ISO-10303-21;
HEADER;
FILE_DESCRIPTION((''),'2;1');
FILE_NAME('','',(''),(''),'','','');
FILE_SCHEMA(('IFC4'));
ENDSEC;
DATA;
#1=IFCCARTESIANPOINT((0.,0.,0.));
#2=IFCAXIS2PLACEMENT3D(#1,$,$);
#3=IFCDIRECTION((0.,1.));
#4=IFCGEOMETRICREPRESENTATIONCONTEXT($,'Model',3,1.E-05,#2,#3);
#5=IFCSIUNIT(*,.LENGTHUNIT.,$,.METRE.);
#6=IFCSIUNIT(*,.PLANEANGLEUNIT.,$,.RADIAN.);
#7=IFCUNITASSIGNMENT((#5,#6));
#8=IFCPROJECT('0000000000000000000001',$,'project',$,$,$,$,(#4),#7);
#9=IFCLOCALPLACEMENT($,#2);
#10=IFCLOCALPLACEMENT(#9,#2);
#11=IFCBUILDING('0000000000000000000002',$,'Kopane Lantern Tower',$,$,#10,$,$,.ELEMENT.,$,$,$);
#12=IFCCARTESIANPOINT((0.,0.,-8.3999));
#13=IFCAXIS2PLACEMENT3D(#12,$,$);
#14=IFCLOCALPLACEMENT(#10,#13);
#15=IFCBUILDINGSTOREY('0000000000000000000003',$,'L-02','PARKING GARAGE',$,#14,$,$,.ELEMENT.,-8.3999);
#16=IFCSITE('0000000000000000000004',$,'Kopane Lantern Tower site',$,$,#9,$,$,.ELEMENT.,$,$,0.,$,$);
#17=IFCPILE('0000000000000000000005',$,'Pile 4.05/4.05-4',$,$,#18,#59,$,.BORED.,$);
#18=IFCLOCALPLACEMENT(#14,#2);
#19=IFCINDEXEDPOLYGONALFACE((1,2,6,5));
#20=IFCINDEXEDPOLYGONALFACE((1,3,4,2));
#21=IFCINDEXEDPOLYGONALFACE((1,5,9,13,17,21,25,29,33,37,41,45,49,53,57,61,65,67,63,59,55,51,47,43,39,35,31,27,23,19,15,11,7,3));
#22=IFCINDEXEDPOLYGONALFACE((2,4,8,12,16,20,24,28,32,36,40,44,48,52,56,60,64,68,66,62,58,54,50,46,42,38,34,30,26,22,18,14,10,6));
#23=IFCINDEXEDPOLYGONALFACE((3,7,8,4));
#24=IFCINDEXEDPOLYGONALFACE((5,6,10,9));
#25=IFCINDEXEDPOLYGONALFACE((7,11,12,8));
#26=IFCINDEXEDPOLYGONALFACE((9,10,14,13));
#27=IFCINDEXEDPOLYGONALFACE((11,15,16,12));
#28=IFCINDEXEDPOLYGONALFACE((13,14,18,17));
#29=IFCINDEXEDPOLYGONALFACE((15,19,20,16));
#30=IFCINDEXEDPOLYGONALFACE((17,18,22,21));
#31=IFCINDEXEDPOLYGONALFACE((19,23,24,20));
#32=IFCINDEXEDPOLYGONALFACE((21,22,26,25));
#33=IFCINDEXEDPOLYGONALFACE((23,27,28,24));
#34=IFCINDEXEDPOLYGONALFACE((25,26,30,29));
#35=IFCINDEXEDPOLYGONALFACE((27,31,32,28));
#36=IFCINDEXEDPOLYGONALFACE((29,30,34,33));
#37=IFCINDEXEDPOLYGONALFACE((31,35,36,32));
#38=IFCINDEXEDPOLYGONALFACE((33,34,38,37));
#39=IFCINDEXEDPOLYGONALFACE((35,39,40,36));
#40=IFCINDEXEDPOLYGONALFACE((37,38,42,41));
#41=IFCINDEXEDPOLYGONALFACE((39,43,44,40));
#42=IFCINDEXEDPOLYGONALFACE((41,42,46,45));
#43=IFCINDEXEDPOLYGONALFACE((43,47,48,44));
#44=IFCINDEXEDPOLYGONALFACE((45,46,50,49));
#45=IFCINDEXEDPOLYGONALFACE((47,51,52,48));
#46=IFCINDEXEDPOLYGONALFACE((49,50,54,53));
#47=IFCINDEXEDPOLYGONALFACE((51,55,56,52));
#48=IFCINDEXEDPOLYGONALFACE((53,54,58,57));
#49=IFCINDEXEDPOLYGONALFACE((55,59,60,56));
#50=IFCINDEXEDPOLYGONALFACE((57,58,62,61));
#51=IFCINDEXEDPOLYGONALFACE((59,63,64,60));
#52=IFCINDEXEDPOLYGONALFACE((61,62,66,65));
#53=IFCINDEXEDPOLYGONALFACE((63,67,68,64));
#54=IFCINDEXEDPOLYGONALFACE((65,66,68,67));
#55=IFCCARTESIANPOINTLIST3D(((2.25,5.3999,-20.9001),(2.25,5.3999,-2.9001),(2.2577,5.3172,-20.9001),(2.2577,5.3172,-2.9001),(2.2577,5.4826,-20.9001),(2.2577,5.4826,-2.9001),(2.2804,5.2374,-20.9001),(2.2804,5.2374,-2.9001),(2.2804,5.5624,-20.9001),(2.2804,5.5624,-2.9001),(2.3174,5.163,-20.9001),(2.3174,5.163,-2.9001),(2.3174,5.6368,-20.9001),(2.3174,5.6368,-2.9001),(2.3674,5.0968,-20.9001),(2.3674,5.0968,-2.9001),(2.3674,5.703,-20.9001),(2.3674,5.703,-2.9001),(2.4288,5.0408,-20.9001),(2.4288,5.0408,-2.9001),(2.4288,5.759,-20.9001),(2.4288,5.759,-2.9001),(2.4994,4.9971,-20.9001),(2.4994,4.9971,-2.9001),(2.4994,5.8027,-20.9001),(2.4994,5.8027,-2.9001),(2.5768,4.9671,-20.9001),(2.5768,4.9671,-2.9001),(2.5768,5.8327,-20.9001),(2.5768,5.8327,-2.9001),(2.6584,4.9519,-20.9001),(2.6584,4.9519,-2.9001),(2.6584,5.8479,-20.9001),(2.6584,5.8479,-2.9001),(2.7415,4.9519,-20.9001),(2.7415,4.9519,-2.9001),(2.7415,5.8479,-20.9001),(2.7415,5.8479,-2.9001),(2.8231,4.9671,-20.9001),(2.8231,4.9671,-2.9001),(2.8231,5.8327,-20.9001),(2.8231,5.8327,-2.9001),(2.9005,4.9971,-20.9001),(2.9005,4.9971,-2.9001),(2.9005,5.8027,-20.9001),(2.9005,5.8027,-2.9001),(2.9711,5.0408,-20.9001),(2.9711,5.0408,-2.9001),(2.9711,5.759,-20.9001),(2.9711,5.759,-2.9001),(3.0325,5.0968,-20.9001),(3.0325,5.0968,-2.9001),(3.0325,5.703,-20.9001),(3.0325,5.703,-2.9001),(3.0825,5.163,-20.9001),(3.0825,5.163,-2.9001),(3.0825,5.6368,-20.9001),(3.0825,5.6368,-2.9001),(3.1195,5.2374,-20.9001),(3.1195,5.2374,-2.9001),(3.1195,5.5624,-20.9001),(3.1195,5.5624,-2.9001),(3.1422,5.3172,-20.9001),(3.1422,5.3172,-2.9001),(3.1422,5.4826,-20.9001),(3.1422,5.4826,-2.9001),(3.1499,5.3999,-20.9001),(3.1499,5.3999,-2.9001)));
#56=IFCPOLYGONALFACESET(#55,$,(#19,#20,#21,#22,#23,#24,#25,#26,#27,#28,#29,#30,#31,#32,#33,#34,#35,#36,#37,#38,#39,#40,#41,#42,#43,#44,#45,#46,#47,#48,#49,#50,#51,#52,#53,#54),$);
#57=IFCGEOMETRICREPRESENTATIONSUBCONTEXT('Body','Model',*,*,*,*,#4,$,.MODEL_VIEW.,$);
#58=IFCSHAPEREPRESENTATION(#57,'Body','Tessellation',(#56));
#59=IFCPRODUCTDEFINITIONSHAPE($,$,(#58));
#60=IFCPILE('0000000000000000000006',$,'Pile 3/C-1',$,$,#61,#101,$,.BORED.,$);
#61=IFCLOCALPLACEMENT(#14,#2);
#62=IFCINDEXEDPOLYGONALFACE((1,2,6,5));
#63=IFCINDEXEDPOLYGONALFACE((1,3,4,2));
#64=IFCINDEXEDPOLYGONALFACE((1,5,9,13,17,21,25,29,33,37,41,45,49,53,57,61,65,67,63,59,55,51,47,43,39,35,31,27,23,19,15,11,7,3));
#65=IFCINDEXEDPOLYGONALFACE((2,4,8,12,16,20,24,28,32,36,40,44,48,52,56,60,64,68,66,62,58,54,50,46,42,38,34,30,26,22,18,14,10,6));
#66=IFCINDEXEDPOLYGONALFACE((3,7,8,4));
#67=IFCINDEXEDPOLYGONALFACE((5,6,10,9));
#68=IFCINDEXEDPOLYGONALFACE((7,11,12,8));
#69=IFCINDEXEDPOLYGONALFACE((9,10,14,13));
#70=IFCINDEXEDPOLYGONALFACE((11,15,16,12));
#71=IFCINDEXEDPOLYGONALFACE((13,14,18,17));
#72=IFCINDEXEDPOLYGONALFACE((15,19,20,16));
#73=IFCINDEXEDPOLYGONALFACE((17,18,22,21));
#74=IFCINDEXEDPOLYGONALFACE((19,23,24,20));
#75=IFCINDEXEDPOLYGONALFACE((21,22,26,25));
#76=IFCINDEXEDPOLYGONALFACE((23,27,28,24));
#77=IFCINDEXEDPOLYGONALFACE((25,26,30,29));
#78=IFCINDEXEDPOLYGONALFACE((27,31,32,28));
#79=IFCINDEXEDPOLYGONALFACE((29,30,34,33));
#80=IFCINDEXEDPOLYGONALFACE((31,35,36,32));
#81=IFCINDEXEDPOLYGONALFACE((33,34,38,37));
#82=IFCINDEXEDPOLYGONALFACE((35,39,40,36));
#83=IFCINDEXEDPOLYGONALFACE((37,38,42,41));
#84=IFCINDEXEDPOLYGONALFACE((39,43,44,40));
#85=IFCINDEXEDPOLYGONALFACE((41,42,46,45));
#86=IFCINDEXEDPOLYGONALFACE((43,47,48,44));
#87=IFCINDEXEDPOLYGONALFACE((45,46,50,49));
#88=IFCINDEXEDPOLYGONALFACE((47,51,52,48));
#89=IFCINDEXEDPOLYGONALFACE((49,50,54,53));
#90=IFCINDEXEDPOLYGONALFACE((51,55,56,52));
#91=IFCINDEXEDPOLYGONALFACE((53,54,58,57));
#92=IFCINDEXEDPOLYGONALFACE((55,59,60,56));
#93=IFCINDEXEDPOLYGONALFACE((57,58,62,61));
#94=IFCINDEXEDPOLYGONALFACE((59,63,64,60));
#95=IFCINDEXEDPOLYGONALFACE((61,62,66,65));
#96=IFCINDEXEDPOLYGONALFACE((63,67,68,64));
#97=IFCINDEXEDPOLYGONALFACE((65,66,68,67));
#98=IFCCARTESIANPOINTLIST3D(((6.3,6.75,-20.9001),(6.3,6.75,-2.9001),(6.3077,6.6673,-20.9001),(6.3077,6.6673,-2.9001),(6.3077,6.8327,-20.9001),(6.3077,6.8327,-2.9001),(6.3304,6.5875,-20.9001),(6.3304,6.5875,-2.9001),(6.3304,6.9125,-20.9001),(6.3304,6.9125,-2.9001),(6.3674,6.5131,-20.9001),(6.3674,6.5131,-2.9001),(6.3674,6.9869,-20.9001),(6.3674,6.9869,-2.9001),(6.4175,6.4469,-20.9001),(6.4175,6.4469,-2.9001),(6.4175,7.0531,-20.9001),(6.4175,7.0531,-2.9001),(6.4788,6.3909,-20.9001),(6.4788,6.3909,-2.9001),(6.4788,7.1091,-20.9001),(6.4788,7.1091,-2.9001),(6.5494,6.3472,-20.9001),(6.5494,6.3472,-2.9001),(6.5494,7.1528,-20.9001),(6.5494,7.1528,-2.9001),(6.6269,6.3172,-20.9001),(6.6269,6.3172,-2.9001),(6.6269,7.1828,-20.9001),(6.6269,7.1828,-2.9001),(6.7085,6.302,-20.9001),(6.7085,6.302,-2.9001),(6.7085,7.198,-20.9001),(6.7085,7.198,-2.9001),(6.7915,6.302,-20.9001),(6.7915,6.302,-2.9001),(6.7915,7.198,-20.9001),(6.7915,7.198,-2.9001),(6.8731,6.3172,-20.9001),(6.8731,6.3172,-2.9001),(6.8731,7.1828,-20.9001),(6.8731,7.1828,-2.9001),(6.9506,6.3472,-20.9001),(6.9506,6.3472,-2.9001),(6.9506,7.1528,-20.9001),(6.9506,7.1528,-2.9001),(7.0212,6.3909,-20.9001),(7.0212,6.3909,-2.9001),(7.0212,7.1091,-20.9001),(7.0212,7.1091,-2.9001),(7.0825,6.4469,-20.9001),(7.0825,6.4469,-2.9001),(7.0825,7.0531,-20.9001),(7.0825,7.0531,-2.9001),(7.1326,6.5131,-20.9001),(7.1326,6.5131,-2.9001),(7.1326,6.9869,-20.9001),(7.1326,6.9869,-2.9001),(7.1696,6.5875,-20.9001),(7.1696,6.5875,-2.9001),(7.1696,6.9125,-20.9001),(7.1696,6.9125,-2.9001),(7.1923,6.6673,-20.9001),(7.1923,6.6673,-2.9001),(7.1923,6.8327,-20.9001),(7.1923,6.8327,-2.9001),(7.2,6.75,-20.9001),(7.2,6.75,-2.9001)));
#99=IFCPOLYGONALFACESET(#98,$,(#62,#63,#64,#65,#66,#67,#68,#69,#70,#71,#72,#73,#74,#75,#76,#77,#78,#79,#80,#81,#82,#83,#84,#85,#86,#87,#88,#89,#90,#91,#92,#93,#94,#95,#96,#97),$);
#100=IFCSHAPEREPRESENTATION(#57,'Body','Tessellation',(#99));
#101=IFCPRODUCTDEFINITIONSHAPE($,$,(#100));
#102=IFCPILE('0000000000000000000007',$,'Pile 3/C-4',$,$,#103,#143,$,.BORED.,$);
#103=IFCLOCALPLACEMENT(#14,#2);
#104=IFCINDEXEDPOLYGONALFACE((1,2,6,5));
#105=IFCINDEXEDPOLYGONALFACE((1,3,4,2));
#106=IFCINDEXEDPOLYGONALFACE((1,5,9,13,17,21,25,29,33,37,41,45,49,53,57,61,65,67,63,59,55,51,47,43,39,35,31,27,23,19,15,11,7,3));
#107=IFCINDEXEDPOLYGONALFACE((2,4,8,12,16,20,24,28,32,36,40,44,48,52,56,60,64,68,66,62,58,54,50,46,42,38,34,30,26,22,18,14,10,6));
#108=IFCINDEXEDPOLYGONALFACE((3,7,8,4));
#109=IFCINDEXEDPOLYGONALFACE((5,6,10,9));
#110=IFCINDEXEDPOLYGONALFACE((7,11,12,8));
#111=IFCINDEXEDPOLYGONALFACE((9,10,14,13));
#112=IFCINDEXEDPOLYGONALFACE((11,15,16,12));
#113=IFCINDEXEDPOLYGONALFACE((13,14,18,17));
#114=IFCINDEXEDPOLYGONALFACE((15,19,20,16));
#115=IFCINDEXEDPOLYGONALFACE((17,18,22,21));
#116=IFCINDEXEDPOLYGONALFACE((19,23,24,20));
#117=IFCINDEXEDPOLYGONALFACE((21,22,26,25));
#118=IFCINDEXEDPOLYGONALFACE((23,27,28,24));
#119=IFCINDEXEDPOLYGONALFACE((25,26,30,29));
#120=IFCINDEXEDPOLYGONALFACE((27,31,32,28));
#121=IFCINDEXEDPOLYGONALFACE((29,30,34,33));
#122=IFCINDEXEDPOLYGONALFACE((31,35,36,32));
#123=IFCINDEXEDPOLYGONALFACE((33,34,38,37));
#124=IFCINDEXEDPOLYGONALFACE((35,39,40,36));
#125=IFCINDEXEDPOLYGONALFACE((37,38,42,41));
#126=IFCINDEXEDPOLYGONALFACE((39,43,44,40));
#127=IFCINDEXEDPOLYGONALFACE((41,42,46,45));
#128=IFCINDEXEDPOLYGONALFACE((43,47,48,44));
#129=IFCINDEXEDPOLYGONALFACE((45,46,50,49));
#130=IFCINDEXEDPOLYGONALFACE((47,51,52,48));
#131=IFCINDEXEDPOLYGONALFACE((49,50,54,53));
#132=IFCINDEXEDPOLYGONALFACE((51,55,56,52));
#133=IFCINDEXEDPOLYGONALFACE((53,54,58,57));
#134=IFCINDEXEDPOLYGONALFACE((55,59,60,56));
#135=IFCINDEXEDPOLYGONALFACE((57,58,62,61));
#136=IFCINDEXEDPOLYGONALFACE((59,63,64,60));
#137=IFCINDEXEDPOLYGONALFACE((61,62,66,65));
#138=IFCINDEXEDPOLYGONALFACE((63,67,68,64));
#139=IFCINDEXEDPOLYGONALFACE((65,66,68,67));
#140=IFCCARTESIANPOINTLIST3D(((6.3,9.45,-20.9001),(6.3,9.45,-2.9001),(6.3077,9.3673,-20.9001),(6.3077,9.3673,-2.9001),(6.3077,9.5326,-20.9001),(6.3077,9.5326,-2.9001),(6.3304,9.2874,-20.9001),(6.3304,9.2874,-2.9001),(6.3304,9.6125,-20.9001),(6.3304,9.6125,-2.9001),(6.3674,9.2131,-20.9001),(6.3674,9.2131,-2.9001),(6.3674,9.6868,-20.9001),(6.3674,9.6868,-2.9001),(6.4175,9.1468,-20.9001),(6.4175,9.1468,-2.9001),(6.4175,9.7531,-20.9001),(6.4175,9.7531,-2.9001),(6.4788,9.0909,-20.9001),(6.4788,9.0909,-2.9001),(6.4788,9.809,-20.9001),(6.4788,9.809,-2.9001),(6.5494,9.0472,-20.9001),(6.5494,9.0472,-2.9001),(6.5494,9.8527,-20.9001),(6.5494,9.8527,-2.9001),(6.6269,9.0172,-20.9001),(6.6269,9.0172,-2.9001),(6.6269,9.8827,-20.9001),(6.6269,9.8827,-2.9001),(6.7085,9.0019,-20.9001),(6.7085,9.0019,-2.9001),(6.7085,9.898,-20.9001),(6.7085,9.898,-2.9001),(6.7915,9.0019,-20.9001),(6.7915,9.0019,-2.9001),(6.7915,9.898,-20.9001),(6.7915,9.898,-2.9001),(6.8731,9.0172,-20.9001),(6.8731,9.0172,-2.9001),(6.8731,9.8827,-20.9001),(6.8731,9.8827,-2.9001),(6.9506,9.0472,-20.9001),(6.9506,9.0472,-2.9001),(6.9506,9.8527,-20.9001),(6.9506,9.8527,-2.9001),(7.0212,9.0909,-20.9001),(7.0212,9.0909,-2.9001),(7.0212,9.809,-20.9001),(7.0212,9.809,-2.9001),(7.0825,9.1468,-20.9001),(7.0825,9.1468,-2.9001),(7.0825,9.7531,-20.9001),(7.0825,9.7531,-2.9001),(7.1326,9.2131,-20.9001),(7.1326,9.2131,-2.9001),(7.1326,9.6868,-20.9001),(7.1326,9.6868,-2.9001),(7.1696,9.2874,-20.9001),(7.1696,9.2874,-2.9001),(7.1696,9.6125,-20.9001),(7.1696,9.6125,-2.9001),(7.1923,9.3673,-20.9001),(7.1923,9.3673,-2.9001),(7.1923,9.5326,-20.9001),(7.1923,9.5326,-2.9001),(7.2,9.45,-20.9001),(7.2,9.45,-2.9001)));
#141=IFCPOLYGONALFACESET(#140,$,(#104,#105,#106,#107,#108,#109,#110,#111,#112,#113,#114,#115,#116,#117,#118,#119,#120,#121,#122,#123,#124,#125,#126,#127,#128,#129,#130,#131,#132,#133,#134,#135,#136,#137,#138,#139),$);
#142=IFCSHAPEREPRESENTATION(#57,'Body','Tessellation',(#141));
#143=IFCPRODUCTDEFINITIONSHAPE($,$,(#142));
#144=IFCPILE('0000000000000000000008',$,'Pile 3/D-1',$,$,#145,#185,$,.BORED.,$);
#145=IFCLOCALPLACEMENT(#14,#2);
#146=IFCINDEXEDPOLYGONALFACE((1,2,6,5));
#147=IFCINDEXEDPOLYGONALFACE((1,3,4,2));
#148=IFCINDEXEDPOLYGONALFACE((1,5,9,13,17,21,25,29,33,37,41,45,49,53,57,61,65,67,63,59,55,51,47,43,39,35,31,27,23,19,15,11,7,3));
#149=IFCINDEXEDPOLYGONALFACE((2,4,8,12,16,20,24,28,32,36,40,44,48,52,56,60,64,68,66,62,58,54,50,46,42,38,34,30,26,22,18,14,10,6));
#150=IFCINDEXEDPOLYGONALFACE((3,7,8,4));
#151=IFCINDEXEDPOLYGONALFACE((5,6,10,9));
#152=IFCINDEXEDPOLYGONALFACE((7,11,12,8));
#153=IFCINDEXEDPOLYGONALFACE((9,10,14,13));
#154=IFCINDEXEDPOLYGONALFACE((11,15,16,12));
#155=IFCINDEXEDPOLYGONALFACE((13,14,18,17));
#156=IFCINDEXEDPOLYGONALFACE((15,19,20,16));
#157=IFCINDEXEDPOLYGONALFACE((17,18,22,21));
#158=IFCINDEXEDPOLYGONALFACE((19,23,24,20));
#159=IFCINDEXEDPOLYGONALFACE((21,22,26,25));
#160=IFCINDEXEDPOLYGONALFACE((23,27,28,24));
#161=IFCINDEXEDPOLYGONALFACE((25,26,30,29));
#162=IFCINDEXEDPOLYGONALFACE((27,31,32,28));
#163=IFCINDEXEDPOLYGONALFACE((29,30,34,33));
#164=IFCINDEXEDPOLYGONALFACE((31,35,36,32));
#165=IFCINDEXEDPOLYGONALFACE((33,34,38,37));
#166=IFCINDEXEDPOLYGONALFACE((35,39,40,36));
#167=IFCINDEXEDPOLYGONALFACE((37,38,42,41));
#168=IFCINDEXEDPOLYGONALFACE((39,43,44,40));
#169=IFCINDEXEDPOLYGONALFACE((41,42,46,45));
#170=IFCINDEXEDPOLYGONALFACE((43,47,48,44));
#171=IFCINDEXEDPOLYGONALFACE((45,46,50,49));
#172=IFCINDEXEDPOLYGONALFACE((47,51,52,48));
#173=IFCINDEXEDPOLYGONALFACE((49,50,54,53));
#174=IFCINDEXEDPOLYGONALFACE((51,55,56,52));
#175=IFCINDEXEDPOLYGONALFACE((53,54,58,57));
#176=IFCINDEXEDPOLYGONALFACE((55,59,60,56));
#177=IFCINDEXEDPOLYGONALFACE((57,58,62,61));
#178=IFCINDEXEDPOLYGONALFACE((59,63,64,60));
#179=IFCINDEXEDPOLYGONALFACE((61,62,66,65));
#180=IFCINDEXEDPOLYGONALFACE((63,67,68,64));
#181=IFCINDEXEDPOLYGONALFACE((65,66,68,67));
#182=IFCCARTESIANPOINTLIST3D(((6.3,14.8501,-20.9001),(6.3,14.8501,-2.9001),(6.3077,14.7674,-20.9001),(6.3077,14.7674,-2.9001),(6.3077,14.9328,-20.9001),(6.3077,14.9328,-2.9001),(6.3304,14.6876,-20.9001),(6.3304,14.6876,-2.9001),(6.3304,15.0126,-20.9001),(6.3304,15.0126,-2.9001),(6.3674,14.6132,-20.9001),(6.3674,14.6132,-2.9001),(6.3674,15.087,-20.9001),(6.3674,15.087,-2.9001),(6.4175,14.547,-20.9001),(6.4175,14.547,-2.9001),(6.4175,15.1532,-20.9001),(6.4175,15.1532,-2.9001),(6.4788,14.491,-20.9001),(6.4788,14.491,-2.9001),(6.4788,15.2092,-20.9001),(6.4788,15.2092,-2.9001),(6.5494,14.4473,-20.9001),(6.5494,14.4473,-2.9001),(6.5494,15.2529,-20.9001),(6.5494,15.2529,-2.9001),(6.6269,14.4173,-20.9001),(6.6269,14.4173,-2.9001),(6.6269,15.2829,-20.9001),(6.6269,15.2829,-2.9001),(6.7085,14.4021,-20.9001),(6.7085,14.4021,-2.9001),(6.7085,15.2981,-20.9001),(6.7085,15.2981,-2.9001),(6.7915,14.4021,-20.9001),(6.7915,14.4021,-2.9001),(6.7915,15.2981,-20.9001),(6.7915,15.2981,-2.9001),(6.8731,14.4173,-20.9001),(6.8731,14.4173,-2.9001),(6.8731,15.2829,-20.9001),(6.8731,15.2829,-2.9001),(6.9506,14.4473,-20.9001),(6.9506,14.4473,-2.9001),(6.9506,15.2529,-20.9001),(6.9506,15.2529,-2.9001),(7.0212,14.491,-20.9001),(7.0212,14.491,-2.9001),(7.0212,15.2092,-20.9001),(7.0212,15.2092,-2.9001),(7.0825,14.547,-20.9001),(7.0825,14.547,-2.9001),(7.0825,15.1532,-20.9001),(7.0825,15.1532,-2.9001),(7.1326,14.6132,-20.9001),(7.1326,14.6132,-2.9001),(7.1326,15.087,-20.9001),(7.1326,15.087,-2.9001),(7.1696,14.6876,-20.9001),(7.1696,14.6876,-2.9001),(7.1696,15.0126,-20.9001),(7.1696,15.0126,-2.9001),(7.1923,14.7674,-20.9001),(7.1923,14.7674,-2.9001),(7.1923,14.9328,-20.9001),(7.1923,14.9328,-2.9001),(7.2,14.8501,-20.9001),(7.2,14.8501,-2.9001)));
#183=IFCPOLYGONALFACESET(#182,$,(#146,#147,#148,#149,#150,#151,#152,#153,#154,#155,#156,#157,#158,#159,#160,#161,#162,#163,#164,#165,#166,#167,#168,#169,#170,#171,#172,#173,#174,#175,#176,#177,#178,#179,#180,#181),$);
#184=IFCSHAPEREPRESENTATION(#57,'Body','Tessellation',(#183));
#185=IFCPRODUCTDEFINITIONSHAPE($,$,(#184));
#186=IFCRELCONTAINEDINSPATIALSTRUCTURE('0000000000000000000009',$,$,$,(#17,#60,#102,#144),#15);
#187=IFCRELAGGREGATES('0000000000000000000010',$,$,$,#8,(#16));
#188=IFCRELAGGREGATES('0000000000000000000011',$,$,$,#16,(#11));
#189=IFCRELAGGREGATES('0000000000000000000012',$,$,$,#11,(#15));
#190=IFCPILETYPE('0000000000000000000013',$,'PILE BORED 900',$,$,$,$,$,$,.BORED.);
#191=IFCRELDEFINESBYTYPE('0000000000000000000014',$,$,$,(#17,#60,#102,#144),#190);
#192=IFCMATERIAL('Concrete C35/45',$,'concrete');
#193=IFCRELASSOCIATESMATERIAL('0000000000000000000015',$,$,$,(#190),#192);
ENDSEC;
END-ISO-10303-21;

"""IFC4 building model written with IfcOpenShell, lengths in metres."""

from ifc_helpers import new_model, si_unit, direction, frame, origin, origin_2d, place, context, subcontext, project, spatial, circle, extrude, material, material_profile, profile_set, type_object, element, save


model = new_model("IFC4")

# Units and contexts
model_context = context("Model", 3, precision=1e-05, world=origin(), true_north=direction((0.0, 1.0)))
body_context = subcontext(model_context, "Body", "Model", "MODEL_VIEW")
ifc_project = project(units=[si_unit("LENGTHUNIT", "METRE"), si_unit("PLANEANGLEUNIT", "RADIAN")], contexts=[model_context])

# Site, building, storey
site_placement = place(None, origin())
site = spatial("IfcSite", under=ifc_project, at=site_placement, Name="Kopane Lantern Tower site", CompositionType="ELEMENT", RefElevation=0.0)
building_placement = place(site_placement, origin())
building = spatial("IfcBuilding", under=site, at=building_placement, Name="Kopane Lantern Tower", CompositionType="ELEMENT")
storey_placement = place(building_placement, frame((0.0, 0.0, -8.3999)))
storey = spatial("IfcBuildingStorey", under=building, at=storey_placement, Name="L-02", Description="PARKING GARAGE", CompositionType="ELEMENT", Elevation=-8.3999)

# Piles
ifc_material_1 = material(Name="Concrete C35/45", Category="concrete")
ifc_material_profile_1 = material_profile(ifc_material_1, circle(Radius=0.45, at=origin_2d()), Name="D900")
ifc_profile_set_1 = profile_set([ifc_material_profile_1], Name="Concrete C35/45")
pile_type = type_object("IfcPileType", Name="PILE BORED 900", PredefinedType="BORED", material=ifc_profile_set_1)
for number, where, z_axis, x_axis, name in (
    (1, (2.7, 5.3999, -2.9001), (0.0, 0.0, -1.0), (1.0, 0.0, 0.0), "Pile 4.05/4.05-4"),
    (2, (6.75, 6.75, -2.9001), (0.0, 0.0, -1.0), (1.0, 0.0, 0.0), "Pile 3/C-1"),
    (3, (6.75, 9.45, -2.9001), (0.0, 0.0, -1.0), (1.0, 0.0, 0.0), "Pile 3/C-4"),
    (4, (6.75, 14.8501, -2.9001), (0.0, 0.0, -1.0), (1.0, 0.0, 0.0), "Pile 3/D-1"),
):
    element("IfcPile", number, at=place(storey_placement, frame(where, z_axis=z_axis, x_axis=x_axis)), inside=storey, type_object=pile_type, Name=name, PredefinedType="BORED", context=body_context, shape_type="SweptSolid", body=[
        extrude(circle(Radius=0.45, at=origin_2d()), origin(), (0.0, 0.0, 1.0), 18.0),
    ])

save(model, "model.ifc")
